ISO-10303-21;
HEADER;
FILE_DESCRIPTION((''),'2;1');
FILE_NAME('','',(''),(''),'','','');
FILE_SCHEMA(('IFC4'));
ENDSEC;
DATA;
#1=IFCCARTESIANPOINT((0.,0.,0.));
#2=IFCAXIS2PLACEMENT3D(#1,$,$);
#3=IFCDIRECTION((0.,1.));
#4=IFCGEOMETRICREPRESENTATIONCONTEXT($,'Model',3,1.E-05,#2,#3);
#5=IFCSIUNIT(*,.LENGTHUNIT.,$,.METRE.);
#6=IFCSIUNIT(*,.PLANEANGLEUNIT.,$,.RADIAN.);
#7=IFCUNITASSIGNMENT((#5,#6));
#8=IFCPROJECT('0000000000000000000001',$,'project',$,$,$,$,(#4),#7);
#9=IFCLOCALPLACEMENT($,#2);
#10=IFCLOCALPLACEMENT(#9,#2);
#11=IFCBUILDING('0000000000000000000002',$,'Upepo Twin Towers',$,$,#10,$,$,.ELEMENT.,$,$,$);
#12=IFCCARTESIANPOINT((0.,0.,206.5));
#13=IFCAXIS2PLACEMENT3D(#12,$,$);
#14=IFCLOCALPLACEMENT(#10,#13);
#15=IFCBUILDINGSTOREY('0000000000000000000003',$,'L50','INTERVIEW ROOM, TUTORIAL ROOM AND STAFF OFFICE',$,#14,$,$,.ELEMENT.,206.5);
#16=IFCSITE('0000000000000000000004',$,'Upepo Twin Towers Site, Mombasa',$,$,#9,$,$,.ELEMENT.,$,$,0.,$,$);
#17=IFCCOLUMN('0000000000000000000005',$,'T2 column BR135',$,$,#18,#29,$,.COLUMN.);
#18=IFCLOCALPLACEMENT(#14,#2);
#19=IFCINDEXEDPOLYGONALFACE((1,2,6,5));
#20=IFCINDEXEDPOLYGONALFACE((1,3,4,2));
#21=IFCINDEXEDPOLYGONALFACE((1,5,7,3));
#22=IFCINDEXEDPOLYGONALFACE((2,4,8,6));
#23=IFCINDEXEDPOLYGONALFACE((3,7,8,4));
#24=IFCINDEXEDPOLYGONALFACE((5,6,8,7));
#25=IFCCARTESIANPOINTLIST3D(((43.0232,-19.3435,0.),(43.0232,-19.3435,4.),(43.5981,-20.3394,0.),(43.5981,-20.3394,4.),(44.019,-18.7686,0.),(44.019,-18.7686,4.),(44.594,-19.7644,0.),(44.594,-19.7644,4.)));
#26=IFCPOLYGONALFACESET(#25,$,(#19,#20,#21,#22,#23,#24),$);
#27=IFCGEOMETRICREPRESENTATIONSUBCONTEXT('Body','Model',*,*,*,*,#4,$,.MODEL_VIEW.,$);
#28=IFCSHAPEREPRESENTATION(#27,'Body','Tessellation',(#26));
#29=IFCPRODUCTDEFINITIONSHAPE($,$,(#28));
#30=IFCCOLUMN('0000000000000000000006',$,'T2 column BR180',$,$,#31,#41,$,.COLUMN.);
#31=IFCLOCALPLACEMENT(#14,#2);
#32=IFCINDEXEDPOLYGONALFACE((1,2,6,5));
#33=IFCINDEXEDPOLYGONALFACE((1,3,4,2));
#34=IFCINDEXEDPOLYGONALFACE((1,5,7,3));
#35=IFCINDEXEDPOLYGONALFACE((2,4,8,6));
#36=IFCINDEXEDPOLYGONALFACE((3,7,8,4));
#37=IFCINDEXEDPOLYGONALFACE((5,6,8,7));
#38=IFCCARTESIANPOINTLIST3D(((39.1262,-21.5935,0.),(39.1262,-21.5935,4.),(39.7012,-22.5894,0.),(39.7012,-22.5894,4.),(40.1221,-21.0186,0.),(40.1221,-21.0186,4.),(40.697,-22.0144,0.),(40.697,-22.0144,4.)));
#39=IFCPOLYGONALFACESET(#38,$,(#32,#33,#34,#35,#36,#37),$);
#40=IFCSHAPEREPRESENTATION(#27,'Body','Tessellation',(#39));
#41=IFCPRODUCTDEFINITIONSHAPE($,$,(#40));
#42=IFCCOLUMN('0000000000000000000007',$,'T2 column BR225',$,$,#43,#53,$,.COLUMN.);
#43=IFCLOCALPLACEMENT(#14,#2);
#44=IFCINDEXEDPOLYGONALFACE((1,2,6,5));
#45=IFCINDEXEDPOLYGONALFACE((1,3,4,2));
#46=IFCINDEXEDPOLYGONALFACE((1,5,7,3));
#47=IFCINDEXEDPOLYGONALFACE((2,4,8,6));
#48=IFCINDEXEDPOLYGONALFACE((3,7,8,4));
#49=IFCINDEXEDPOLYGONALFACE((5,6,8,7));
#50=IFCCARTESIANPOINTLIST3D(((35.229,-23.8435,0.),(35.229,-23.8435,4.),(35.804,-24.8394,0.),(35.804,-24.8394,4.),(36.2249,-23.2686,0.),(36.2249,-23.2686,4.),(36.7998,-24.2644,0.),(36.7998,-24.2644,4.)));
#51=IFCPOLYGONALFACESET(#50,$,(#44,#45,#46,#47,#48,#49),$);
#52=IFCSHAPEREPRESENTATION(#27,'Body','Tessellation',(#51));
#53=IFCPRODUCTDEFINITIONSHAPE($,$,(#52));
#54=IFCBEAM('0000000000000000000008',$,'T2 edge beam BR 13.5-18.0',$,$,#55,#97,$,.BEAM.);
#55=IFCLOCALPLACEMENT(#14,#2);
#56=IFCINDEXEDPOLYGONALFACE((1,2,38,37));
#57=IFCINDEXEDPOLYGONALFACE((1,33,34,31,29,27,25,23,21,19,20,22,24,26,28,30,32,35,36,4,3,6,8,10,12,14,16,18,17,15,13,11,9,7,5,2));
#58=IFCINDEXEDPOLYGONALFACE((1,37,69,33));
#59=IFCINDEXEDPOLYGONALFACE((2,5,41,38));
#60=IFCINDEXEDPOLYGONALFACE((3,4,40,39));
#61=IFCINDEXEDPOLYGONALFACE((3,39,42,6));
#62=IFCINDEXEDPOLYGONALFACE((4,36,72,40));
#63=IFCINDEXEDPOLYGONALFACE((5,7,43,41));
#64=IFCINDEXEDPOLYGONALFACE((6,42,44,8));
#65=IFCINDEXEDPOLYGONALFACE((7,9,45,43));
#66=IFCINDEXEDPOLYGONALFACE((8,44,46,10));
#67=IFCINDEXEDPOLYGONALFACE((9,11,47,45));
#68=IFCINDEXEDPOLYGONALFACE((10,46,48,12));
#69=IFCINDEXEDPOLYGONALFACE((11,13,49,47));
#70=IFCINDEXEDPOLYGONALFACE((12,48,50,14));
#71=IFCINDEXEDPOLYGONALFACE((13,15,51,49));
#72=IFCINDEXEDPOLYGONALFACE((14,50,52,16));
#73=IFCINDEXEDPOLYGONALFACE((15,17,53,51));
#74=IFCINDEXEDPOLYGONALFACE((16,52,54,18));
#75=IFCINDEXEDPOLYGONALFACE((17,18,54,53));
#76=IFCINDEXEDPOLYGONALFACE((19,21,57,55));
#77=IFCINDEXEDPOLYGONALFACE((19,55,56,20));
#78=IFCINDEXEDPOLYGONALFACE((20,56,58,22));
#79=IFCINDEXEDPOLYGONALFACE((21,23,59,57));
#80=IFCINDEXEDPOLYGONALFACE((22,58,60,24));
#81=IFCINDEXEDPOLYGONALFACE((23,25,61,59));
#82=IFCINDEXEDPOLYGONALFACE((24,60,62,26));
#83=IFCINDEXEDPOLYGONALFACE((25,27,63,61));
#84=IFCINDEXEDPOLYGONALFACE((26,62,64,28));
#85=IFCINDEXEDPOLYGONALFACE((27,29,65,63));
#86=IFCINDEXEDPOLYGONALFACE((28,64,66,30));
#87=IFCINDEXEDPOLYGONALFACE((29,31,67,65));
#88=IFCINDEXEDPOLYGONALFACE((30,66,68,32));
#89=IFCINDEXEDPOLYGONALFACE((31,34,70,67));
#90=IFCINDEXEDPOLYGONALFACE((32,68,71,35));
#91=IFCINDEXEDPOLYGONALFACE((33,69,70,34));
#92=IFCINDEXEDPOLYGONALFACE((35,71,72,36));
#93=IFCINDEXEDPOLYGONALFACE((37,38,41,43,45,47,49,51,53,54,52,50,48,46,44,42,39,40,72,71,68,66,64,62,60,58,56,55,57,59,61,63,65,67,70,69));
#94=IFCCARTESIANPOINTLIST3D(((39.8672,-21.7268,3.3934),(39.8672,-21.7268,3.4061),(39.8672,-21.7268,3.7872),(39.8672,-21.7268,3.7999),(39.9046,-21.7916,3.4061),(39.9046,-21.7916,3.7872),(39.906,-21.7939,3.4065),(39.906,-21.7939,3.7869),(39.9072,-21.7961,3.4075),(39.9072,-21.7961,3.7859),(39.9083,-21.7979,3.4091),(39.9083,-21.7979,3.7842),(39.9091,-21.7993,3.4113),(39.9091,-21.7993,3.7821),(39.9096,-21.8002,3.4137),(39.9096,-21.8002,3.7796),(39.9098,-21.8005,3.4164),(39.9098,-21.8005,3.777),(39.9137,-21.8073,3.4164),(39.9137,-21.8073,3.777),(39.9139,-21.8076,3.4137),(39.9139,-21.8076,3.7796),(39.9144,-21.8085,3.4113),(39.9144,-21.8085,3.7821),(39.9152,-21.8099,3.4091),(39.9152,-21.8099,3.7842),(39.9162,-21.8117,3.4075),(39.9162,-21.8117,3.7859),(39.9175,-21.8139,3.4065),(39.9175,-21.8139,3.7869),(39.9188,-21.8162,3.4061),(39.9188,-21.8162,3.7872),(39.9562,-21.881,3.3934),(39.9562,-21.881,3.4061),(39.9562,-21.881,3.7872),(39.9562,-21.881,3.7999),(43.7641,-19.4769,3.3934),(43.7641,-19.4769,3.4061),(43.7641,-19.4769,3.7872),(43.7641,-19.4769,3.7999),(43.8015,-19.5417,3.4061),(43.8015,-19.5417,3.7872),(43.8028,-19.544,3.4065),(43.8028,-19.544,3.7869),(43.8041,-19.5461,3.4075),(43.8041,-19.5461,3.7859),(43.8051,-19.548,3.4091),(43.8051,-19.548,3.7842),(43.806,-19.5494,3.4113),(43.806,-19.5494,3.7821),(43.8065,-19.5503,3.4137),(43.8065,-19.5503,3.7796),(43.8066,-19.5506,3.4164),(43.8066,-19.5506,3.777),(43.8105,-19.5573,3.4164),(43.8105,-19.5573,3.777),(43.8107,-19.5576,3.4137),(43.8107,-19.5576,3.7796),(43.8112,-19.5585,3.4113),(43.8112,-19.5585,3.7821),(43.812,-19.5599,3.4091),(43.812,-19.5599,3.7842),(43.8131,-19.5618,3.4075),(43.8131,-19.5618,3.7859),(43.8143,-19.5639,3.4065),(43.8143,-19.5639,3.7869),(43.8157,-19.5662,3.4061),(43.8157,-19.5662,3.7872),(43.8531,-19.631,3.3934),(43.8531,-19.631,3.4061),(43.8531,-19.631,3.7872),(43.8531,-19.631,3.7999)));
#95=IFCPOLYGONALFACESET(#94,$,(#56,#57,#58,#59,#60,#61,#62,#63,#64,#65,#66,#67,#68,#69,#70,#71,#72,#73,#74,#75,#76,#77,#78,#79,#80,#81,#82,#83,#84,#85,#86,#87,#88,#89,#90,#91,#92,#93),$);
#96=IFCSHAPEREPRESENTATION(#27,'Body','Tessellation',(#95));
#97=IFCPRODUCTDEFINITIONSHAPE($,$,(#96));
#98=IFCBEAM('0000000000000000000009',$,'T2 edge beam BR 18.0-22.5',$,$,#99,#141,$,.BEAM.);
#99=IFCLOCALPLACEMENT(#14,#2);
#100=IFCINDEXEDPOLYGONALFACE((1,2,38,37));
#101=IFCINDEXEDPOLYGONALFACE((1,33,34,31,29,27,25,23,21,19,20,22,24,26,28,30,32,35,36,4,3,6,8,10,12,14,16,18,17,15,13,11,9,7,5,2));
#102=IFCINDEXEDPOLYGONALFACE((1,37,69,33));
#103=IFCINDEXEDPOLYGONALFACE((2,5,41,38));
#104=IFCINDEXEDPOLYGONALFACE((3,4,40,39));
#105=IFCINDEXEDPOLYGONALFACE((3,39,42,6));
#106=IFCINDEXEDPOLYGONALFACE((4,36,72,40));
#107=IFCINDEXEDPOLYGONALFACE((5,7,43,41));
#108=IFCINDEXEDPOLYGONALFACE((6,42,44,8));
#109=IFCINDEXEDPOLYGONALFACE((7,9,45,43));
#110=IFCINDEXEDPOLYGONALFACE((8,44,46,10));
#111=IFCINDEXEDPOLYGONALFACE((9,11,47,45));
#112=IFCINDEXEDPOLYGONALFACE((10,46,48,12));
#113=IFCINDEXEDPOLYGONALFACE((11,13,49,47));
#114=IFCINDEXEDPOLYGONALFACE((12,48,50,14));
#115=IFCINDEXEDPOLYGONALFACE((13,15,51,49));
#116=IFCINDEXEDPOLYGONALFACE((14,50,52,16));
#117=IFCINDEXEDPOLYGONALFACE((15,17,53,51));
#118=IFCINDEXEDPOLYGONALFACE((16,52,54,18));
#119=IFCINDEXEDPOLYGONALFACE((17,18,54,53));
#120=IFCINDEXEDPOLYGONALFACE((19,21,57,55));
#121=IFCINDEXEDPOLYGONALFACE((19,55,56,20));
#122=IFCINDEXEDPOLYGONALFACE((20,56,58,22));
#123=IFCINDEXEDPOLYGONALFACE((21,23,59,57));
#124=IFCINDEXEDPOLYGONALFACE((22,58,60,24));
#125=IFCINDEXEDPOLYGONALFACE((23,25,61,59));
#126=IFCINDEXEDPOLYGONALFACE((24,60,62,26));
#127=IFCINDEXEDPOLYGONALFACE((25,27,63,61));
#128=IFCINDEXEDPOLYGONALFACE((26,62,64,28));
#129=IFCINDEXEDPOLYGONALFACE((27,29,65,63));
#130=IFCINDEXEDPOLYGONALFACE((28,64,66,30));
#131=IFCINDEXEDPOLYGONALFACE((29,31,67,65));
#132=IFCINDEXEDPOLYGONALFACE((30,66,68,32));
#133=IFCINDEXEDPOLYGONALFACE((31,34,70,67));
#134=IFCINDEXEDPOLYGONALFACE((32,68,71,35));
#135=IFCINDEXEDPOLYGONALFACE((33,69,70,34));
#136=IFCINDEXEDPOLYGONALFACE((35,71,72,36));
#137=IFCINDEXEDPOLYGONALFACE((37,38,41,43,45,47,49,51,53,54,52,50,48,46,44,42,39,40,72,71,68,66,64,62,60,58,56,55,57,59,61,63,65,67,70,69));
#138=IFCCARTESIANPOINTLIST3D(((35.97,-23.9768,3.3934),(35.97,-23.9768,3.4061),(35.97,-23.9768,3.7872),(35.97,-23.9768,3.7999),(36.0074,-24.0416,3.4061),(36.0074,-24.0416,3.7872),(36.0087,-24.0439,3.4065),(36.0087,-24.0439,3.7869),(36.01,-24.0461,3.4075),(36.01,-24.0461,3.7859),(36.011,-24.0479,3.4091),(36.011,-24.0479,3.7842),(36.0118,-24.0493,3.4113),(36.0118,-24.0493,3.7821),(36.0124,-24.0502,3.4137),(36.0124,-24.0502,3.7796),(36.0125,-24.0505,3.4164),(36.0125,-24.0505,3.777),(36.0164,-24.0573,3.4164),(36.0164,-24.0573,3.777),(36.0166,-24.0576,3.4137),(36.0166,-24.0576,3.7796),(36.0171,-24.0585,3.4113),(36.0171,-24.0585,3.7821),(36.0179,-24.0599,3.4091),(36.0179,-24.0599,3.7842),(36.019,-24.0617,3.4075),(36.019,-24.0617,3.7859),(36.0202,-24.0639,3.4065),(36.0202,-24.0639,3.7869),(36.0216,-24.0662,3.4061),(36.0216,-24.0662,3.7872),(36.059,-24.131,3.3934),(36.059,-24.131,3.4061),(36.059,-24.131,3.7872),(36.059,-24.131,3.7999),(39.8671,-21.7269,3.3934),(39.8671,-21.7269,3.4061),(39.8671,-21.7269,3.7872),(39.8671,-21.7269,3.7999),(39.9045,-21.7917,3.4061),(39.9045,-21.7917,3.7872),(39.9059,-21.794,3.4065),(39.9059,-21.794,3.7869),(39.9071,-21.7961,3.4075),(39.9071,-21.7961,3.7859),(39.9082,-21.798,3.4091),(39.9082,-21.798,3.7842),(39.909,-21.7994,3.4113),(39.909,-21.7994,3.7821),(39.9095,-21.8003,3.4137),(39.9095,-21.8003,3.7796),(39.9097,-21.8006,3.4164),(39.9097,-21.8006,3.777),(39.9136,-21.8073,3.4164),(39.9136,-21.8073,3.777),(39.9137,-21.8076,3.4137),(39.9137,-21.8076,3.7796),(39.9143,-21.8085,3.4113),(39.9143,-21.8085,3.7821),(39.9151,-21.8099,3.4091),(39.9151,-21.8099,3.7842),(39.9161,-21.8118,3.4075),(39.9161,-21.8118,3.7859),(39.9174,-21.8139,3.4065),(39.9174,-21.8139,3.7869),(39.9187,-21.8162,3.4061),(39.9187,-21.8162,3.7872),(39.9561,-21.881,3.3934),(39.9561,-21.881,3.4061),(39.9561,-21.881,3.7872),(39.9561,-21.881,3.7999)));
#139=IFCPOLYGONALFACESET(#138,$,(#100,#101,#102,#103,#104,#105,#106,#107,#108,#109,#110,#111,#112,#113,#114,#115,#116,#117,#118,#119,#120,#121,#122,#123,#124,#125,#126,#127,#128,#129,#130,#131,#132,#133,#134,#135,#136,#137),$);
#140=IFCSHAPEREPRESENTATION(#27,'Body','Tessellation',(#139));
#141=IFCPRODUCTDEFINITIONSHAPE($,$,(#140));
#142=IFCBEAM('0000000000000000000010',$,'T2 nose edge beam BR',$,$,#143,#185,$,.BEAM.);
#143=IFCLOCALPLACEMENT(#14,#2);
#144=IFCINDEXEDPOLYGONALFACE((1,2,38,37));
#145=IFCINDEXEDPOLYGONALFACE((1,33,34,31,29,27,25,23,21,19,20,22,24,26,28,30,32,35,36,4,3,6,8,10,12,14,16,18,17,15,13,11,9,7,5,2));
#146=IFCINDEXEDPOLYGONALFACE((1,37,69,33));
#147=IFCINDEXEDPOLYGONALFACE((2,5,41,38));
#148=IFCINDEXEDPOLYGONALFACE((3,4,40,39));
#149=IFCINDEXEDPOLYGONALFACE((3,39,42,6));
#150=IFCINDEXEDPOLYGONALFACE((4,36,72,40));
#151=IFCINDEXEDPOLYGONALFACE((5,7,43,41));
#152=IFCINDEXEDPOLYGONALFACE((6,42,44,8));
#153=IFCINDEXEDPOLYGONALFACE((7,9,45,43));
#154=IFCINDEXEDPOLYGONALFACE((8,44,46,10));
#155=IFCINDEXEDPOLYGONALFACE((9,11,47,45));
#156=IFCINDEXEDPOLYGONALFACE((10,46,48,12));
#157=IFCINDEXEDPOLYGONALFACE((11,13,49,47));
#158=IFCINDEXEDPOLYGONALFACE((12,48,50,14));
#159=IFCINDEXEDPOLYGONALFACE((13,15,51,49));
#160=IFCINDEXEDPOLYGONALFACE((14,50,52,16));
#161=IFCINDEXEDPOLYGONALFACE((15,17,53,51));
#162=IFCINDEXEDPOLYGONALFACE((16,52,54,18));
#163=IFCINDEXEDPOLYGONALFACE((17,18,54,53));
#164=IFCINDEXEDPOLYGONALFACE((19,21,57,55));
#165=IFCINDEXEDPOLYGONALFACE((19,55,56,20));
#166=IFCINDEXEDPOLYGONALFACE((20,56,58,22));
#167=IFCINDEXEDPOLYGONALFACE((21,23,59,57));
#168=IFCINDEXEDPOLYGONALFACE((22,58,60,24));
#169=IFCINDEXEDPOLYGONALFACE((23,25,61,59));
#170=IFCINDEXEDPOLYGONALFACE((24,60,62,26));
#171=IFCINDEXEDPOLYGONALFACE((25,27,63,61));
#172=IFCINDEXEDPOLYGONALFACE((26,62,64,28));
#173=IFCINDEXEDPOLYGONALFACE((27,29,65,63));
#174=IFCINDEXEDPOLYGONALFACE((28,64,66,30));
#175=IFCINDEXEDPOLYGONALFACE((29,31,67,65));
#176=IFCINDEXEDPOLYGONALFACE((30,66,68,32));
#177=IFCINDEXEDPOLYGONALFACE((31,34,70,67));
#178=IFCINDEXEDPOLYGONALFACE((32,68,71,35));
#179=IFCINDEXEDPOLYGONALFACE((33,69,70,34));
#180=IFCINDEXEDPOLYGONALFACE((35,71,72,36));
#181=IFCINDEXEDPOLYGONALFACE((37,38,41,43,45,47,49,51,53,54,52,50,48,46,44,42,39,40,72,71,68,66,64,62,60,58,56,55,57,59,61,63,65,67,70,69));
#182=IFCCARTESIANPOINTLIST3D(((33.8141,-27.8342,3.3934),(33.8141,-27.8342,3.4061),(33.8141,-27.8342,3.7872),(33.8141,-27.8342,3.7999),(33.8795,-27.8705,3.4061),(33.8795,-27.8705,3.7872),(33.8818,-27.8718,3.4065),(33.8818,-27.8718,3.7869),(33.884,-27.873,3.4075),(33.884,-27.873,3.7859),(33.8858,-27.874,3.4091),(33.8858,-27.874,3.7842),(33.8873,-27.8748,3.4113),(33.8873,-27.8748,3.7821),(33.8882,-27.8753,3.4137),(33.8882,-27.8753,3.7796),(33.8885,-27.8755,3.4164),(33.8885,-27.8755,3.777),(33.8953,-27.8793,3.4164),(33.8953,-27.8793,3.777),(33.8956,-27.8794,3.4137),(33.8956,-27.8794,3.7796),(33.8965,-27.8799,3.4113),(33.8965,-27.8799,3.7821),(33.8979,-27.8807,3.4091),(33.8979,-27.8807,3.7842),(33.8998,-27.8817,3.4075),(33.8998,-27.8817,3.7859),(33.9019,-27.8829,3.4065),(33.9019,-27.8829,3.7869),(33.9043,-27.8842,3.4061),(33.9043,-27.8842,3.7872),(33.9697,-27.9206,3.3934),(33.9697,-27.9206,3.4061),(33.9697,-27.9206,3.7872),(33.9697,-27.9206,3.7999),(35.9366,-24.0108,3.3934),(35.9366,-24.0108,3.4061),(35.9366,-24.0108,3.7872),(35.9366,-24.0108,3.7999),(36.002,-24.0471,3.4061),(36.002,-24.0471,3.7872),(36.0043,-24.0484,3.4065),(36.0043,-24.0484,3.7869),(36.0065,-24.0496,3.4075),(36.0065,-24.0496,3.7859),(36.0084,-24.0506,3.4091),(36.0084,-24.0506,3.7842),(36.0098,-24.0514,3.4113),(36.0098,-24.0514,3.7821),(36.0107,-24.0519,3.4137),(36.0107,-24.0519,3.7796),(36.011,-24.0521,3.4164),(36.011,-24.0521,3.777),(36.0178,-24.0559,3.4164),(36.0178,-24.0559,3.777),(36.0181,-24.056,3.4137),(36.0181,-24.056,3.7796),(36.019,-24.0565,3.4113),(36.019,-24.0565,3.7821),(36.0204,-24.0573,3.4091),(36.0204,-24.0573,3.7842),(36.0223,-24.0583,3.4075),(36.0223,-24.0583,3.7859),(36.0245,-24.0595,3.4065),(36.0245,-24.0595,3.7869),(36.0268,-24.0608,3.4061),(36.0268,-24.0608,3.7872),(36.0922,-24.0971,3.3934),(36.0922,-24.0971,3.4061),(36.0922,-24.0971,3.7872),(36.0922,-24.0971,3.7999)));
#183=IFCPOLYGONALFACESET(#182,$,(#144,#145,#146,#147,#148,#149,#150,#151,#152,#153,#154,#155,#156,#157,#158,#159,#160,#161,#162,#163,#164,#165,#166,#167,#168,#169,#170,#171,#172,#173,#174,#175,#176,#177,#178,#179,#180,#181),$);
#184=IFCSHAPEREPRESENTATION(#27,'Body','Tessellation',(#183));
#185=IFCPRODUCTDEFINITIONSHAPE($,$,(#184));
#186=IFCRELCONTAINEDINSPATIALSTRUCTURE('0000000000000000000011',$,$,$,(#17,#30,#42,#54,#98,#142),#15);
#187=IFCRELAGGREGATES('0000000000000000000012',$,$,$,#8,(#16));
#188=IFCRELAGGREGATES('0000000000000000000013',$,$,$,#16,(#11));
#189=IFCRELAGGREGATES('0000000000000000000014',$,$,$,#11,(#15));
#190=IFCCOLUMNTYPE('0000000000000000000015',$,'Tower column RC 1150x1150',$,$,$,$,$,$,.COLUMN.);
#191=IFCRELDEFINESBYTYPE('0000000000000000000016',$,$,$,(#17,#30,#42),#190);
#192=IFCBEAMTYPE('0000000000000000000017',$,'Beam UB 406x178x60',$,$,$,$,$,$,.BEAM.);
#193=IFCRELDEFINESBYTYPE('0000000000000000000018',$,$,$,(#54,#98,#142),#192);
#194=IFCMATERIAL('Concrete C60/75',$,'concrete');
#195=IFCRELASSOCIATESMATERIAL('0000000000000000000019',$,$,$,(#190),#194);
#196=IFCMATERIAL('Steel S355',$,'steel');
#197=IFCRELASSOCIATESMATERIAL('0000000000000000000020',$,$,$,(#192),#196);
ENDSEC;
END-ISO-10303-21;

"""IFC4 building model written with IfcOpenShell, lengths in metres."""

from ifc_helpers import new_model, si_unit, direction, frame, origin, origin_2d, place, context, subcontext, project, spatial, rectangle, i_section, extrude, material, material_profile, profile_set, type_object, element, save


model = new_model("IFC4")

# Units and contexts
model_context = context("Model", 3, precision=1e-05, world=origin(), true_north=direction((0.0, 1.0)))
body_context = subcontext(model_context, "Body", "Model", "MODEL_VIEW")
ifc_project = project(units=[si_unit("LENGTHUNIT", "METRE"), si_unit("PLANEANGLEUNIT", "RADIAN")], contexts=[model_context])

# Site, building, storey
site_placement = place(None, origin())
site = spatial("IfcSite", under=ifc_project, at=site_placement, Name="Upepo Twin Towers Site, Mombasa", CompositionType="ELEMENT", RefElevation=0.0)
building_placement = place(site_placement, origin())
building = spatial("IfcBuilding", under=site, at=building_placement, Name="Upepo Twin Towers", CompositionType="ELEMENT")
storey_placement = place(building_placement, frame((0.0, 0.0, 206.5)))
storey = spatial("IfcBuildingStorey", under=building, at=storey_placement, Name="L50", Description="INTERVIEW ROOM, TUTORIAL ROOM AND STAFF OFFICE", CompositionType="ELEMENT", Elevation=206.5)

# Columns
ifc_material_1 = material(Name="Concrete C60/75", Category="concrete")
ifc_material_profile_1 = material_profile(ifc_material_1, rectangle(XDim=1.1499, YDim=1.1499, at=origin_2d()), Name="RC 1150x1150")
ifc_profile_set_1 = profile_set([ifc_material_profile_1], Name="Concrete C60/75")
column_type = type_object("IfcColumnType", Name="Tower column RC 1150x1150", PredefinedType="COLUMN", material=ifc_profile_set_1)
for number, where, z_axis, x_axis, name in (
    (1, (43.8086, -19.554, 0.0), (0.0, 0.0, 1.0), (0.866025, 0.5, 0.0), "T2 column BR135"),
    (2, (39.9116, -21.804, 0.0), (0.0, 0.0, 1.0), (0.866025, 0.5, 0.0), "T2 column BR180"),
    (3, (36.0144, -24.054, 0.0), (0.0, 0.0, 1.0), (0.866025, 0.5, 0.0), "T2 column BR225"),
):
    element("IfcColumn", number, at=place(storey_placement, frame(where, z_axis=z_axis, x_axis=x_axis)), inside=storey, type_object=column_type, Name=name, PredefinedType="COLUMN", context=body_context, shape_type="SweptSolid", body=[
        extrude(rectangle(XDim=1.1499, YDim=1.1499, at=origin_2d()), origin(), (0.0, 0.0, 1.0), 4.0),
    ])

# Beams
ifc_material_2 = material(Name="Steel S355", Category="steel")
ifc_material_profile_2 = material_profile(ifc_material_2, i_section(OverallWidth=0.178, OverallDepth=0.4065, WebThickness=0.0078, FlangeThickness=0.0127, FilletRadius=0.0103, at=origin_2d()), Name="UB 406x178x60")
ifc_profile_set_2 = profile_set([ifc_material_profile_2], Name="Steel S355")
beam_type_1 = type_object("IfcBeamType", Name="Beam UB 406x178x60", PredefinedType="BEAM", material=ifc_profile_set_2)
beam_1_placement = place(storey_placement, frame((43.8086, -19.554, 3.5967), z_axis=(-0.866018, -0.500014, 0.0), x_axis=(0.500014, -0.866018, 0.0)))
element("IfcBeam", 4, at=beam_1_placement, inside=storey, type_object=beam_type_1, Name="T2 edge beam BR 13.5-18.0", PredefinedType="BEAM", context=body_context, shape_type="SweptSolid", body=[
    extrude(i_section(OverallWidth=0.178, OverallDepth=0.4065, WebThickness=0.0078, FlangeThickness=0.0127, FilletRadius=0.0103, at=origin_2d()), origin(), (0.0, 0.0, 1.0), 4.4998),
])
beam_2_placement = place(storey_placement, frame((39.9116, -21.804, 3.5967), z_axis=(-0.866031, -0.49999, 0.0), x_axis=(0.49999, -0.866031, 0.0)))
element("IfcBeam", 5, at=beam_2_placement, inside=storey, type_object=beam_type_1, Name="T2 edge beam BR 18.0-22.5", PredefinedType="BEAM", context=body_context, shape_type="SweptSolid", body=[
    extrude(i_section(OverallWidth=0.178, OverallDepth=0.4065, WebThickness=0.0078, FlangeThickness=0.0127, FilletRadius=0.0103, at=origin_2d()), origin(), (0.0, 0.0, 1.0), 4.5),
])
beam_3_placement = place(storey_placement, frame((36.0144, -24.054, 3.5967), z_axis=(-0.485363, -0.874313, 0.0), x_axis=(0.874313, -0.485363, 0.0)))
element("IfcBeam", 6, at=beam_3_placement, inside=storey, type_object=beam_type_1, Name="T2 nose edge beam BR", PredefinedType="BEAM", context=body_context, shape_type="SweptSolid", body=[
    extrude(i_section(OverallWidth=0.178, OverallDepth=0.4065, WebThickness=0.0078, FlangeThickness=0.0127, FilletRadius=0.0103, at=origin_2d()), origin(), (0.0, 0.0, 1.0), 4.373),
])

save(model, "model.ifc")
